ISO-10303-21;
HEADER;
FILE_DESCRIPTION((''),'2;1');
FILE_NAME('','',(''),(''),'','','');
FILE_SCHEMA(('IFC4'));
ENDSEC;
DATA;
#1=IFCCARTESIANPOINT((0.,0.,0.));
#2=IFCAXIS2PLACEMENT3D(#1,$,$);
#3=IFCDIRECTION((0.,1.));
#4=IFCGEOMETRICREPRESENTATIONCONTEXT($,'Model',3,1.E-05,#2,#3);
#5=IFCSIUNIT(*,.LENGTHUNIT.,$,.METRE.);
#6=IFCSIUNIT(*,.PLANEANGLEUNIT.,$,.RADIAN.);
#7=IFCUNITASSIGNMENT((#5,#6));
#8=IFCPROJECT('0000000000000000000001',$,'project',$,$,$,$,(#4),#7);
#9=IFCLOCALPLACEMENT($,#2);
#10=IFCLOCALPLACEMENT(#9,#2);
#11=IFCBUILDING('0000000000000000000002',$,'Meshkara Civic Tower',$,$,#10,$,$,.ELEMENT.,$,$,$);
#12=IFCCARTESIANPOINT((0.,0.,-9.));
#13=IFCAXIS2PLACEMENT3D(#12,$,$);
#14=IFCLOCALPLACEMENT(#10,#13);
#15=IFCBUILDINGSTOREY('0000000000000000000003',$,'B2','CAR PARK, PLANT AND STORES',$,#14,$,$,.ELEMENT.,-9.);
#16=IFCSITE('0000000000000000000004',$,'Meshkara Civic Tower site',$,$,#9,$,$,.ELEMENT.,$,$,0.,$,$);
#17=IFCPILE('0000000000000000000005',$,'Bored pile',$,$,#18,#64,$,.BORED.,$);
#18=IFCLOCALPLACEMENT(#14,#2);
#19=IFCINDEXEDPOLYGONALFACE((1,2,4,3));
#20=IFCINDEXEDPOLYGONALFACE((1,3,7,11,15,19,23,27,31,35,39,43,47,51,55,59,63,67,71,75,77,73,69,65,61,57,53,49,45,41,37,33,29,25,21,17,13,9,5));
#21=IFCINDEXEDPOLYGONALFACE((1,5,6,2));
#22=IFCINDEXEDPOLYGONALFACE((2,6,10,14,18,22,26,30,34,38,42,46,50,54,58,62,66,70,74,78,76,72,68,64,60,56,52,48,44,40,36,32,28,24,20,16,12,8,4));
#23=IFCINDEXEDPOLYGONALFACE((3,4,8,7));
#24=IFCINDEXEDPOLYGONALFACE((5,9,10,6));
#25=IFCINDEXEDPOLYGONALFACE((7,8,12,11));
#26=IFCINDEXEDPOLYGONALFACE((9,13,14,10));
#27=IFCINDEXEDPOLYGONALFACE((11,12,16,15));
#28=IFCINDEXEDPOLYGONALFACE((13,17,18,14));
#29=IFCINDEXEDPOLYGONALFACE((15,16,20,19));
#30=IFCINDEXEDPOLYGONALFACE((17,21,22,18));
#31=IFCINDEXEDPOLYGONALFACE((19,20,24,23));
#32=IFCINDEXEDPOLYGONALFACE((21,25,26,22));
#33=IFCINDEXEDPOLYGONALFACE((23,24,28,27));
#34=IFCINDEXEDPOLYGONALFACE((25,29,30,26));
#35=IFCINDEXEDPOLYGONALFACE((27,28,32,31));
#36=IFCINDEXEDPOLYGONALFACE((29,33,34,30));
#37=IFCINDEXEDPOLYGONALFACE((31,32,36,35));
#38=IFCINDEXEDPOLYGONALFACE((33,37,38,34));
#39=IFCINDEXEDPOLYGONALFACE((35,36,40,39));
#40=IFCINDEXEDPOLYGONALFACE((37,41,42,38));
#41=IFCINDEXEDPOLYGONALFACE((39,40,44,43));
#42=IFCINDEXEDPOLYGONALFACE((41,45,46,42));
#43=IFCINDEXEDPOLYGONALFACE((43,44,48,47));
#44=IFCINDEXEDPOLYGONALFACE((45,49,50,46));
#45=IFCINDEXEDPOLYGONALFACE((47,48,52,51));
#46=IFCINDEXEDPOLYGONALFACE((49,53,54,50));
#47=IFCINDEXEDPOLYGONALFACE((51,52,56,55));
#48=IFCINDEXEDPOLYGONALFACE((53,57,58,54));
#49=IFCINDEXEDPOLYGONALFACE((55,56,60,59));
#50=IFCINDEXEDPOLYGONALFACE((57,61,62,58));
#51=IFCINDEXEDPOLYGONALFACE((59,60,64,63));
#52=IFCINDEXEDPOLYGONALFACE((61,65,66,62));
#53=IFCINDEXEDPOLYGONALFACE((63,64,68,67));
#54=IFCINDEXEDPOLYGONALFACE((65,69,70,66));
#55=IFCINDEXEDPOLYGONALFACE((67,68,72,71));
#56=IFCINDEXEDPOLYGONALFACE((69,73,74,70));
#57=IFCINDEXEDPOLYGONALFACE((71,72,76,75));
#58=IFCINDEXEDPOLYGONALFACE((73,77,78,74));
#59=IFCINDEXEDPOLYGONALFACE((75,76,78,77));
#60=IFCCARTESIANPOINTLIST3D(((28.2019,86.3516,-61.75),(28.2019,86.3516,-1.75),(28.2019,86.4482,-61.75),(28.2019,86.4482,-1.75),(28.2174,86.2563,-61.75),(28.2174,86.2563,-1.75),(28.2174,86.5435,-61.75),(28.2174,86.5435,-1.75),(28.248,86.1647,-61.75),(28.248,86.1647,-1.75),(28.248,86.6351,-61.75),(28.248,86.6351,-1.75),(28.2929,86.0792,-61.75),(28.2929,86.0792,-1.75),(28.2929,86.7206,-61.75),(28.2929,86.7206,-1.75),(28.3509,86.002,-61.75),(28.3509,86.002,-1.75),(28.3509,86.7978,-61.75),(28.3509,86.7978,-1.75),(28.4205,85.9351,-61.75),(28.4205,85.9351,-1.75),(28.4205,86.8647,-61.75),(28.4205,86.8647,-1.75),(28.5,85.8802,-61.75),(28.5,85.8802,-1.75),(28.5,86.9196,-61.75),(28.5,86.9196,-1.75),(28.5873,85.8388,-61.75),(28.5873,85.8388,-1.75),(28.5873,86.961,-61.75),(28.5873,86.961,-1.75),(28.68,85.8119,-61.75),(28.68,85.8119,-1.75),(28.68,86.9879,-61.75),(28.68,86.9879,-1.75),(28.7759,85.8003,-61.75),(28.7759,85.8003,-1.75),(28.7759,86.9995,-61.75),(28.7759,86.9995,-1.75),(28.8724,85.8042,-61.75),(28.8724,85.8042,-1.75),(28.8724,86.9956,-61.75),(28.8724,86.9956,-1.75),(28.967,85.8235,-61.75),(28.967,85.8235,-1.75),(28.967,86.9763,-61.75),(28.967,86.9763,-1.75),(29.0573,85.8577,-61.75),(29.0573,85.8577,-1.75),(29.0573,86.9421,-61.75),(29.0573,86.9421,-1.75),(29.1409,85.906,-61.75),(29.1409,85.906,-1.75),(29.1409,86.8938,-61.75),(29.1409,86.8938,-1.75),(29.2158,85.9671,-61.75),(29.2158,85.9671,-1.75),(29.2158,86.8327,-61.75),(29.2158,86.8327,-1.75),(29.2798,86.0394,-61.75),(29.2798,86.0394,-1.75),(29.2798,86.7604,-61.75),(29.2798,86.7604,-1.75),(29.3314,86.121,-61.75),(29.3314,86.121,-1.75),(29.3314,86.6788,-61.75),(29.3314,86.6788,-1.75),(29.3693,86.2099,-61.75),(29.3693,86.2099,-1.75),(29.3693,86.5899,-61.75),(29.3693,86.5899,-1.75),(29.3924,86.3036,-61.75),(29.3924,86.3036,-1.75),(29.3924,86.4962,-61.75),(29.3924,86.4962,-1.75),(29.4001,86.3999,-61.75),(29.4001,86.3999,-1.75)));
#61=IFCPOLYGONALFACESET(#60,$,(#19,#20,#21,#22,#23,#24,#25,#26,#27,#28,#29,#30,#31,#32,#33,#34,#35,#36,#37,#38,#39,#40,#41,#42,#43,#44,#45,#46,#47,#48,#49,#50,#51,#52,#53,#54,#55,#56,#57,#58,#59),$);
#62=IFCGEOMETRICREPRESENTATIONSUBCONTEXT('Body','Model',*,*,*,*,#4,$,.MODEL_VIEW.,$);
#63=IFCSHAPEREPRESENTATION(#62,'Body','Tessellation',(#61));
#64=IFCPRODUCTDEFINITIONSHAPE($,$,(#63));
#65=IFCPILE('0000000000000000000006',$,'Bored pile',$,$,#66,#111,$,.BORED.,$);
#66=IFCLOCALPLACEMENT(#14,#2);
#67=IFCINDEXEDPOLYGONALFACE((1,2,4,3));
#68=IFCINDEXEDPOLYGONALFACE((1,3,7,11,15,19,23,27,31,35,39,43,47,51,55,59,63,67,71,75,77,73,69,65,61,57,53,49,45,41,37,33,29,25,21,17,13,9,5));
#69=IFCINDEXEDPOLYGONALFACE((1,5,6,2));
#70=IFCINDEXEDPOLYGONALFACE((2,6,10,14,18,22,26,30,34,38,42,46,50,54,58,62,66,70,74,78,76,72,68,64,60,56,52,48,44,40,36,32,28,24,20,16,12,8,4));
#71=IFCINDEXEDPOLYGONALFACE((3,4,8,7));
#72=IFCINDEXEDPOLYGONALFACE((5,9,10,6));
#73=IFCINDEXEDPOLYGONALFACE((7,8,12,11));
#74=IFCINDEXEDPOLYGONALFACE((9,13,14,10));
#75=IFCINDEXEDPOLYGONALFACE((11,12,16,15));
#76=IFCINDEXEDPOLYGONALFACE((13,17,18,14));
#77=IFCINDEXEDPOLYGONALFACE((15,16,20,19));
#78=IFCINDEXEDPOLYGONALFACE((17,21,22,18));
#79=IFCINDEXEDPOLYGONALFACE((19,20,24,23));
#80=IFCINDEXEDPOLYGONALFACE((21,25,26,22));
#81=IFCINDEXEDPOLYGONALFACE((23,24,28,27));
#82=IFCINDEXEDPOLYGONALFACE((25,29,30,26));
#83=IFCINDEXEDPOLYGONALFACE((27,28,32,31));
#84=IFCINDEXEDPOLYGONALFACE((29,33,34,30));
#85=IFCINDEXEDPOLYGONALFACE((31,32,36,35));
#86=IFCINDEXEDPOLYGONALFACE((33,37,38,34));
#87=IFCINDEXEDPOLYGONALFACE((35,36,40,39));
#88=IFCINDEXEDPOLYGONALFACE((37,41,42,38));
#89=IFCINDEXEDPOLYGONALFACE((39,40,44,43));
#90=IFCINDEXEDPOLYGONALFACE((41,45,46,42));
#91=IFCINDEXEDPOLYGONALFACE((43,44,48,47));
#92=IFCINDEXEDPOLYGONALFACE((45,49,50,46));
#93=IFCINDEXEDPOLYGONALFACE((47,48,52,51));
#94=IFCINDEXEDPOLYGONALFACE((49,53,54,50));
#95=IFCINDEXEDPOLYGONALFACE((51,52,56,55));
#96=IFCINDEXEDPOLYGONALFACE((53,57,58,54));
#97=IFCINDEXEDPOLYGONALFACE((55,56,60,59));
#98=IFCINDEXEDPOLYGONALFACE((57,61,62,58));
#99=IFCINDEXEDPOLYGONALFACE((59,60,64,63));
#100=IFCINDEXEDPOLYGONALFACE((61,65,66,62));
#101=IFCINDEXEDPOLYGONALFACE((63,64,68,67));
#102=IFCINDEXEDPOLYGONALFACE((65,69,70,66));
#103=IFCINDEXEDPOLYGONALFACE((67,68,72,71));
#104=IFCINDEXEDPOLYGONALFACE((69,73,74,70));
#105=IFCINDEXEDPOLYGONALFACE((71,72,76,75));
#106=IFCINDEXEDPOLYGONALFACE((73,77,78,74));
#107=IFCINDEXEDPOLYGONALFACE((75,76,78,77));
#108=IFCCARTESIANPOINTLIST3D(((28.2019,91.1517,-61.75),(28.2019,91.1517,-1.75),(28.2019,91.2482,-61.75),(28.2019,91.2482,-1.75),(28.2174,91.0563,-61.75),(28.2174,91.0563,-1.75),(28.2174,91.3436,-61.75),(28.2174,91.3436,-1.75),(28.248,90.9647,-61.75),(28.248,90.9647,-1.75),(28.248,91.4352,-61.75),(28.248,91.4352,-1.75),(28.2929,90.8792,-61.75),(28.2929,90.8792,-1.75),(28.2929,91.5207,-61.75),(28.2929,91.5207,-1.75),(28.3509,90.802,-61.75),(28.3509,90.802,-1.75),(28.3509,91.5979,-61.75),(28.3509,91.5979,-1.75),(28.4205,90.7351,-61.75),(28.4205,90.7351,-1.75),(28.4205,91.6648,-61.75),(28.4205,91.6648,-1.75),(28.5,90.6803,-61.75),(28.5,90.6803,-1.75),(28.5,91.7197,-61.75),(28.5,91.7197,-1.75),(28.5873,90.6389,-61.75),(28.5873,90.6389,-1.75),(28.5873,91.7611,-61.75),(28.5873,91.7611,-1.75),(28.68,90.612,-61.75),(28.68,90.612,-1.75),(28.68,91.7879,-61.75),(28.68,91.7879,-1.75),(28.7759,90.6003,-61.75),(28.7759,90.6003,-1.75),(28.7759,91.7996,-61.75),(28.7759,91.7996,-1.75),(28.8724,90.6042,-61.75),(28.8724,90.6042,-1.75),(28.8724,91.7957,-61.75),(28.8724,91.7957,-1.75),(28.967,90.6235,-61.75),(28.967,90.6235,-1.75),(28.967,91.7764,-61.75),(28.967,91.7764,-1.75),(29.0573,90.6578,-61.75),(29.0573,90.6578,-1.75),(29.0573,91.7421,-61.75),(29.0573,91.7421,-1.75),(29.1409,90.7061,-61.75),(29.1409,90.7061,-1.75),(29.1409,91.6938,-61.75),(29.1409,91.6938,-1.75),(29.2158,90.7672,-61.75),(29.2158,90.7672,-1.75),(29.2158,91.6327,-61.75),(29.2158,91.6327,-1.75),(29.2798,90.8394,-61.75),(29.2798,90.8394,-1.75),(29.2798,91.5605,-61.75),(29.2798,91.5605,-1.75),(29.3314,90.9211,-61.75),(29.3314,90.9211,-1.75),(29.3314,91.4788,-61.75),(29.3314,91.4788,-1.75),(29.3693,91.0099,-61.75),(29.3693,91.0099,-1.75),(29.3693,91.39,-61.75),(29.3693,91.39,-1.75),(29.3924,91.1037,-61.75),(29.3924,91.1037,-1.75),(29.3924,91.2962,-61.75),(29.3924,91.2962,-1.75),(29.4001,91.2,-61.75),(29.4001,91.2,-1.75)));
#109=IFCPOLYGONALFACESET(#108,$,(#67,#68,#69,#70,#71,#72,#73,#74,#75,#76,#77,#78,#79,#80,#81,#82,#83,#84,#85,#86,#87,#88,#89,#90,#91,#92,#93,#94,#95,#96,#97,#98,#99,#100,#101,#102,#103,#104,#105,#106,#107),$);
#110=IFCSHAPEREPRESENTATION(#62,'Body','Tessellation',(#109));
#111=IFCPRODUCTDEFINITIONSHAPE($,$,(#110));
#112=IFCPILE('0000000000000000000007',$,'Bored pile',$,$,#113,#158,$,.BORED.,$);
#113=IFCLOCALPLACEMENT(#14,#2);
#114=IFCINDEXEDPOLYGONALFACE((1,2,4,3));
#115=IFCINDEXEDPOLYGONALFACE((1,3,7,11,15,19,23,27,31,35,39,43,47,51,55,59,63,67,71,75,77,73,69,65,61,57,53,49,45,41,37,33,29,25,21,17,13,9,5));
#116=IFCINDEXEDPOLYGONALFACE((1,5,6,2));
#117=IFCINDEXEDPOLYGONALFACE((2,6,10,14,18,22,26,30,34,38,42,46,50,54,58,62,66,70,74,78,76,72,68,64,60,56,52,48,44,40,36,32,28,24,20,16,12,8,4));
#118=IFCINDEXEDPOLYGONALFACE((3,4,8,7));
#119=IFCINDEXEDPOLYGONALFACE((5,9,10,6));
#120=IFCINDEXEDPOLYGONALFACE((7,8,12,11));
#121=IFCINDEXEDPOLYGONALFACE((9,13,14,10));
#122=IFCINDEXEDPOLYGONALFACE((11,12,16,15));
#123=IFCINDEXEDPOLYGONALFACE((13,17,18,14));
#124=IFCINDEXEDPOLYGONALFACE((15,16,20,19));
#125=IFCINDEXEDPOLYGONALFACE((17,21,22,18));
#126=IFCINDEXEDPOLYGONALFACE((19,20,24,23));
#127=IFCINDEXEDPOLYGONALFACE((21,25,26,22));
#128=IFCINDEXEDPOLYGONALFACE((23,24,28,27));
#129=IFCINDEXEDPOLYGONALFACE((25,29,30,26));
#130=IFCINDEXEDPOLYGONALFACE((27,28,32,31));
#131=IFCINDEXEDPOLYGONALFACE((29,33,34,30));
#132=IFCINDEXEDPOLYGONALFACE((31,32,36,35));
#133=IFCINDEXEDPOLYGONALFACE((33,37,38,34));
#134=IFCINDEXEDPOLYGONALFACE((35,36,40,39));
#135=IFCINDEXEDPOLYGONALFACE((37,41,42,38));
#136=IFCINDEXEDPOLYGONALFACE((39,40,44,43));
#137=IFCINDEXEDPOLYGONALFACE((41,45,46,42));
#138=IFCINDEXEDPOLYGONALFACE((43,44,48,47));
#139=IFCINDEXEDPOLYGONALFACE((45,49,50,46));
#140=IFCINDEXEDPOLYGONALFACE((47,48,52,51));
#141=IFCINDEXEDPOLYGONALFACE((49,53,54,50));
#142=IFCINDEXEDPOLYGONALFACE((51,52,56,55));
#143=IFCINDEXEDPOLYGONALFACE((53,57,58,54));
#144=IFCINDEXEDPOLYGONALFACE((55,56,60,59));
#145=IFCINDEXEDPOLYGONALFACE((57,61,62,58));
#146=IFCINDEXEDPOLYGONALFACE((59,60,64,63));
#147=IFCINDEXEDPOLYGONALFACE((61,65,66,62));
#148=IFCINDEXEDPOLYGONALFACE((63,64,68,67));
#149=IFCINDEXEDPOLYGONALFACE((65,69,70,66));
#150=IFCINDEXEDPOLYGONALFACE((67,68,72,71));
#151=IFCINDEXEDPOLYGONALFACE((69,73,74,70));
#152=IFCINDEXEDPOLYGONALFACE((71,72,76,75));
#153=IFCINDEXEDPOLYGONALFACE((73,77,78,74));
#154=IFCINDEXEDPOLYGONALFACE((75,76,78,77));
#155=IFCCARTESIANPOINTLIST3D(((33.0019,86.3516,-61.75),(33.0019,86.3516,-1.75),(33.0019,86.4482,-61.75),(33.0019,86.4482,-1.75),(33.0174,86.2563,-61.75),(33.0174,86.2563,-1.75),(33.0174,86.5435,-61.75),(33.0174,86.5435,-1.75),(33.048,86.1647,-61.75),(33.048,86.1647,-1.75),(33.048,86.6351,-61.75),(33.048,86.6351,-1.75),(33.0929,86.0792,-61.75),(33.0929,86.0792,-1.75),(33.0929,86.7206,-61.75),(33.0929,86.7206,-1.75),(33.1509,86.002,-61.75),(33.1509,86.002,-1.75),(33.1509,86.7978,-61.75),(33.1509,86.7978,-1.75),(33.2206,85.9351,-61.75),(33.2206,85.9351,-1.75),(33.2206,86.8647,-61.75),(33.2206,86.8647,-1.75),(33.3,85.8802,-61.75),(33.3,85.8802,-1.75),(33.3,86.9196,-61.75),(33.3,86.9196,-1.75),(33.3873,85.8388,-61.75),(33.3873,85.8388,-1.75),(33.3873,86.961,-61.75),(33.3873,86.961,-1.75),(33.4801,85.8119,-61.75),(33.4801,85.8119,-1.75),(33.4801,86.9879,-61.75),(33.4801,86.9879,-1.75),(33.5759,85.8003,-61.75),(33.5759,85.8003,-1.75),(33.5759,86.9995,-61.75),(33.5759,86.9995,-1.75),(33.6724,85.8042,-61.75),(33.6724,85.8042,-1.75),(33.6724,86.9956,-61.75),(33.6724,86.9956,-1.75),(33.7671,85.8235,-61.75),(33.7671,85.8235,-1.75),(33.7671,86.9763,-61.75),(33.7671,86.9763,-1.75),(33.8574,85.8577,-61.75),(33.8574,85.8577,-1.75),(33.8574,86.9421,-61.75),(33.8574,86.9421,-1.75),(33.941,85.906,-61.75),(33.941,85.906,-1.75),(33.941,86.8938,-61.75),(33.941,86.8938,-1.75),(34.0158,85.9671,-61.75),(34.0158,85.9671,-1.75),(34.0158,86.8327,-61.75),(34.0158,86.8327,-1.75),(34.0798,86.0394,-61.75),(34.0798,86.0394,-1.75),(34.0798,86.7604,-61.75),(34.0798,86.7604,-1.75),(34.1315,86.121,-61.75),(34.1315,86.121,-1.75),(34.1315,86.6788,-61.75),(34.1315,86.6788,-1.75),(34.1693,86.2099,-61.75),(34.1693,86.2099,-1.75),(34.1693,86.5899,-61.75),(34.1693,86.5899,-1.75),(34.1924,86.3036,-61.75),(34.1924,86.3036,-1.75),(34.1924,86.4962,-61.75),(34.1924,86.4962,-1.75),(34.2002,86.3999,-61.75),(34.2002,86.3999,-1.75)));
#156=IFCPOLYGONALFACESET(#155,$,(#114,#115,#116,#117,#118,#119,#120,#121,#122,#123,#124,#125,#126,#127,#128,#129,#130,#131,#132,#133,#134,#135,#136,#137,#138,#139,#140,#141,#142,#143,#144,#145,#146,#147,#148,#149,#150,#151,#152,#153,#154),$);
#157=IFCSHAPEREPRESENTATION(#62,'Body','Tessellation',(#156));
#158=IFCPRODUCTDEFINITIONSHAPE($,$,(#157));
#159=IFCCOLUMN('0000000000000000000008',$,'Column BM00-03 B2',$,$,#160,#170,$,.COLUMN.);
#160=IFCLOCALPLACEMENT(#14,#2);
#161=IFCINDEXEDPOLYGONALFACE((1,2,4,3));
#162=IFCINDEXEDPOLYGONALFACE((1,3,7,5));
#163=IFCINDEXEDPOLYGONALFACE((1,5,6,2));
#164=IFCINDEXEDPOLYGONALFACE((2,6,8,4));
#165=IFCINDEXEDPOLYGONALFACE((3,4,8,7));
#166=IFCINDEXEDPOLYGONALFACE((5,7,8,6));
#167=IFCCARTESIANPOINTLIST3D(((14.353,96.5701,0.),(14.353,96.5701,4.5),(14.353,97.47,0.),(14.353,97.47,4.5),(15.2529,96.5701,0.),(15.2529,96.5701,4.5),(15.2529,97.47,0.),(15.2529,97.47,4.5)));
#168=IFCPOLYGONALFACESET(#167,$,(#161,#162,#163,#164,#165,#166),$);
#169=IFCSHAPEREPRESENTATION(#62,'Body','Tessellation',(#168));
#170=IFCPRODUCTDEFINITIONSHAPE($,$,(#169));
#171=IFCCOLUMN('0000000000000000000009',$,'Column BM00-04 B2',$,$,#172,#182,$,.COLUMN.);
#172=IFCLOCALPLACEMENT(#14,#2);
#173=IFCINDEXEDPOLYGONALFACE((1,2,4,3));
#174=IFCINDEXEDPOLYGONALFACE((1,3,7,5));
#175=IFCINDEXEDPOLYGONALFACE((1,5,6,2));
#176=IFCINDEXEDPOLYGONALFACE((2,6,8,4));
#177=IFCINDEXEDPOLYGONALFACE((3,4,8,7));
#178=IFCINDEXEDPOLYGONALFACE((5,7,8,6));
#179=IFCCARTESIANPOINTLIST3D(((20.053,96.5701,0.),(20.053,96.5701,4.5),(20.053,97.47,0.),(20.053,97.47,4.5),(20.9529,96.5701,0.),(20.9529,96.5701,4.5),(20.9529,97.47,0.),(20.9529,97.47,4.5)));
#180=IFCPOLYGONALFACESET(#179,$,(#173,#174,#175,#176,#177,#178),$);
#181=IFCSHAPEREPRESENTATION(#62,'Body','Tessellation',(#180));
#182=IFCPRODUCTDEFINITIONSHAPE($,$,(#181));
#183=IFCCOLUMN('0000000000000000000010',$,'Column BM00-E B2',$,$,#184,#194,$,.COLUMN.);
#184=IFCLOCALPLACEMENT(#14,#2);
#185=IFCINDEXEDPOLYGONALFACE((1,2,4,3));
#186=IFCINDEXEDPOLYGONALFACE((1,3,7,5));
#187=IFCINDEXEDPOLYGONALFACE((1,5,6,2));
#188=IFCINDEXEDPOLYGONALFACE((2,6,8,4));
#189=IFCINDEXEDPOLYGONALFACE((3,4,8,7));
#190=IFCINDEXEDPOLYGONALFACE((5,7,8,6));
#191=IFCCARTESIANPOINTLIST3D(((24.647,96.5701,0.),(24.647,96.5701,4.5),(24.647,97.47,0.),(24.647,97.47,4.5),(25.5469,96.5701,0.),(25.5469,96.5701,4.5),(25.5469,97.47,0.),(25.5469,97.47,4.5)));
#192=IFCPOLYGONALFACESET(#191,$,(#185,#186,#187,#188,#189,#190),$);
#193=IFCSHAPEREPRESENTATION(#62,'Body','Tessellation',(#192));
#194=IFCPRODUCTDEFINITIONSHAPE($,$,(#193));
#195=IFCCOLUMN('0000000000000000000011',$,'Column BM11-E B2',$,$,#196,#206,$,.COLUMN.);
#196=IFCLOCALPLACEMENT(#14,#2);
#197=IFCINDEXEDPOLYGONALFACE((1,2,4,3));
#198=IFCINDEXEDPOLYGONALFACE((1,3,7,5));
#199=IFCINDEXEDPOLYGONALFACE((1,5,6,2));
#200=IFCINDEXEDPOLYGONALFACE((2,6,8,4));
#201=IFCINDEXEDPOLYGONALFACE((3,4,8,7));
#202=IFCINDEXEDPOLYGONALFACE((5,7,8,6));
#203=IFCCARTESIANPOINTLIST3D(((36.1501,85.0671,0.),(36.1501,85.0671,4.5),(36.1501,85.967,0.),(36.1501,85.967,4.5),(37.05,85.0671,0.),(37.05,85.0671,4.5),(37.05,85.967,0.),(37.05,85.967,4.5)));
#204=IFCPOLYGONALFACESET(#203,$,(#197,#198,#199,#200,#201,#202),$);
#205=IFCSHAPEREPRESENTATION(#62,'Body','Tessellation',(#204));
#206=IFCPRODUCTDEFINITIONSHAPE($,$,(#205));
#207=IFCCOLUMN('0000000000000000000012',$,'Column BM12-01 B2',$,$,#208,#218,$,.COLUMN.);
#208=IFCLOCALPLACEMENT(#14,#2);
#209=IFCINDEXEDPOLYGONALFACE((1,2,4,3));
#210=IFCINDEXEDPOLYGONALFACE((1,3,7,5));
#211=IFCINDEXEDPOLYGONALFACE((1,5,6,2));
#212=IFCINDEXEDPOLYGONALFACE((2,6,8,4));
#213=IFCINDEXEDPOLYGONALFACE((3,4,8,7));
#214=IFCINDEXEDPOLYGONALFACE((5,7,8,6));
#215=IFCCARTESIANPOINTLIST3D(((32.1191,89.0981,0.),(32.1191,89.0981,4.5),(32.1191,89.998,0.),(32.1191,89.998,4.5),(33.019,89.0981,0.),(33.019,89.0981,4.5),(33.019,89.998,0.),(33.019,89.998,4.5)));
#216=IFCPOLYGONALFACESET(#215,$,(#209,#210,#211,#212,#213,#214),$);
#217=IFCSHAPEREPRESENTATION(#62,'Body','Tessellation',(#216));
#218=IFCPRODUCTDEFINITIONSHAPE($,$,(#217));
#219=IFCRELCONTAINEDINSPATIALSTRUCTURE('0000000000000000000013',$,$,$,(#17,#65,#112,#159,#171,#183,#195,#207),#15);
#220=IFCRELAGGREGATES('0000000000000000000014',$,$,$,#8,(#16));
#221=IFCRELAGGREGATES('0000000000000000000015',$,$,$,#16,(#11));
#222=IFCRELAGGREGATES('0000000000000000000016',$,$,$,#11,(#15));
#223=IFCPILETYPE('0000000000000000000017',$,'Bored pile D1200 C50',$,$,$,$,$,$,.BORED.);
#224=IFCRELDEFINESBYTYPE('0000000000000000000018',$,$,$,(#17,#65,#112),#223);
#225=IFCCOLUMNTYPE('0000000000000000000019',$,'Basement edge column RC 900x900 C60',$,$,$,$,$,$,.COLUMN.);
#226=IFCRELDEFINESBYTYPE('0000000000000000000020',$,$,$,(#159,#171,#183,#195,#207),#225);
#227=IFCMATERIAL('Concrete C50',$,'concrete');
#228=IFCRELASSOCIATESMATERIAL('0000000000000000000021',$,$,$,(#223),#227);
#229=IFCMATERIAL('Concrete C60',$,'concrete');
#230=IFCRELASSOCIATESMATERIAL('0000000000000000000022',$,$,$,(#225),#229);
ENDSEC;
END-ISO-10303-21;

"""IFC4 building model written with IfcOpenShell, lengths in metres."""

from ifc_helpers import new_model, si_unit, direction, frame, origin, origin_2d, place, context, subcontext, project, spatial, rectangle, circle, extrude, material, material_profile, profile_set, type_object, element, save


model = new_model("IFC4")

# Units and contexts
model_context = context("Model", 3, precision=1e-05, world=origin(), true_north=direction((0.0, 1.0)))
body_context = subcontext(model_context, "Body", "Model", "MODEL_VIEW")
ifc_project = project(units=[si_unit("LENGTHUNIT", "METRE"), si_unit("PLANEANGLEUNIT", "RADIAN")], contexts=[model_context])

# Site, building, storey
site_placement = place(None, origin())
site = spatial("IfcSite", under=ifc_project, at=site_placement, Name="Meshkara Civic Tower site", CompositionType="ELEMENT", RefElevation=0.0)
building_placement = place(site_placement, origin())
building = spatial("IfcBuilding", under=site, at=building_placement, Name="Meshkara Civic Tower", CompositionType="ELEMENT")
storey_placement = place(building_placement, frame((0.0, 0.0, -9.0)))
storey = spatial("IfcBuildingStorey", under=building, at=storey_placement, Name="B2", Description="CAR PARK, PLANT AND STORES", CompositionType="ELEMENT", Elevation=-9.0)

# Piles
ifc_material_1 = material(Name="Concrete C50", Category="concrete")
ifc_material_profile_1 = material_profile(ifc_material_1, circle(Radius=0.6001, at=origin_2d()))
ifc_profile_set_1 = profile_set([ifc_material_profile_1], Name="Concrete C50")
pile_type = type_object("IfcPileType", Name="Bored pile D1200 C50", PredefinedType="BORED", material=ifc_profile_set_1)
for number, where, z_axis, x_axis, name in (
    (1, (28.8, 86.3999, -1.75), (0.0, 0.0, -1.0), (1.0, 0.0, 0.0), "Bored pile"),
    (2, (28.8, 91.2, -1.75), (0.0, 0.0, -1.0), (1.0, 0.0, 0.0), "Bored pile"),
    (3, (33.6001, 86.3999, -1.75), (0.0, 0.0, -1.0), (1.0, 0.0, 0.0), "Bored pile"),
):
    element("IfcPile", number, at=place(storey_placement, frame(where, z_axis=z_axis, x_axis=x_axis)), inside=storey, type_object=pile_type, Name=name, PredefinedType="BORED", context=body_context, shape_type="SweptSolid", body=[
        extrude(circle(Radius=0.6001, at=origin_2d()), origin(), (0.0, 0.0, 1.0), 60.0),
    ])

# Columns
ifc_material_2 = material(Name="Concrete C60", Category="concrete")
ifc_material_profile_2 = material_profile(ifc_material_2, rectangle(XDim=0.8999, YDim=0.8999, at=origin_2d()))
ifc_profile_set_2 = profile_set([ifc_material_profile_2], Name="Concrete C60")
column_type_1 = type_object("IfcColumnType", Name="Basement edge column RC 900x900 C60", PredefinedType="COLUMN", material=ifc_profile_set_2)
for number, where, z_axis, x_axis, name in (
    (4, (14.803, 97.02, 0.0), (0.0, 0.0, 1.0), (1.0, 0.0, 0.0), "Column BM00-03 B2"),
    (5, (20.5029, 97.02, 0.0), (0.0, 0.0, 1.0), (1.0, 0.0, 0.0), "Column BM00-04 B2"),
    (6, (25.0969, 97.02, 0.0), (0.0, 0.0, 1.0), (1.0, 0.0, 0.0), "Column BM00-E B2"),
    (7, (36.6001, 85.5171, 0.0), (0.0, 0.0, 1.0), (1.0, 0.0, 0.0), "Column BM11-E B2"),
    (8, (32.5691, 89.5481, 0.0), (0.0, 0.0, 1.0), (1.0, 0.0, 0.0), "Column BM12-01 B2"),
):
    element("IfcColumn", number, at=place(storey_placement, frame(where, z_axis=z_axis, x_axis=x_axis)), inside=storey, type_object=column_type_1, Name=name, PredefinedType="COLUMN", context=body_context, shape_type="SweptSolid", body=[
        extrude(rectangle(XDim=0.8999, YDim=0.8999, at=origin_2d()), origin(), (0.0, 0.0, 1.0), 4.5),
    ])

save(model, "model.ifc")
